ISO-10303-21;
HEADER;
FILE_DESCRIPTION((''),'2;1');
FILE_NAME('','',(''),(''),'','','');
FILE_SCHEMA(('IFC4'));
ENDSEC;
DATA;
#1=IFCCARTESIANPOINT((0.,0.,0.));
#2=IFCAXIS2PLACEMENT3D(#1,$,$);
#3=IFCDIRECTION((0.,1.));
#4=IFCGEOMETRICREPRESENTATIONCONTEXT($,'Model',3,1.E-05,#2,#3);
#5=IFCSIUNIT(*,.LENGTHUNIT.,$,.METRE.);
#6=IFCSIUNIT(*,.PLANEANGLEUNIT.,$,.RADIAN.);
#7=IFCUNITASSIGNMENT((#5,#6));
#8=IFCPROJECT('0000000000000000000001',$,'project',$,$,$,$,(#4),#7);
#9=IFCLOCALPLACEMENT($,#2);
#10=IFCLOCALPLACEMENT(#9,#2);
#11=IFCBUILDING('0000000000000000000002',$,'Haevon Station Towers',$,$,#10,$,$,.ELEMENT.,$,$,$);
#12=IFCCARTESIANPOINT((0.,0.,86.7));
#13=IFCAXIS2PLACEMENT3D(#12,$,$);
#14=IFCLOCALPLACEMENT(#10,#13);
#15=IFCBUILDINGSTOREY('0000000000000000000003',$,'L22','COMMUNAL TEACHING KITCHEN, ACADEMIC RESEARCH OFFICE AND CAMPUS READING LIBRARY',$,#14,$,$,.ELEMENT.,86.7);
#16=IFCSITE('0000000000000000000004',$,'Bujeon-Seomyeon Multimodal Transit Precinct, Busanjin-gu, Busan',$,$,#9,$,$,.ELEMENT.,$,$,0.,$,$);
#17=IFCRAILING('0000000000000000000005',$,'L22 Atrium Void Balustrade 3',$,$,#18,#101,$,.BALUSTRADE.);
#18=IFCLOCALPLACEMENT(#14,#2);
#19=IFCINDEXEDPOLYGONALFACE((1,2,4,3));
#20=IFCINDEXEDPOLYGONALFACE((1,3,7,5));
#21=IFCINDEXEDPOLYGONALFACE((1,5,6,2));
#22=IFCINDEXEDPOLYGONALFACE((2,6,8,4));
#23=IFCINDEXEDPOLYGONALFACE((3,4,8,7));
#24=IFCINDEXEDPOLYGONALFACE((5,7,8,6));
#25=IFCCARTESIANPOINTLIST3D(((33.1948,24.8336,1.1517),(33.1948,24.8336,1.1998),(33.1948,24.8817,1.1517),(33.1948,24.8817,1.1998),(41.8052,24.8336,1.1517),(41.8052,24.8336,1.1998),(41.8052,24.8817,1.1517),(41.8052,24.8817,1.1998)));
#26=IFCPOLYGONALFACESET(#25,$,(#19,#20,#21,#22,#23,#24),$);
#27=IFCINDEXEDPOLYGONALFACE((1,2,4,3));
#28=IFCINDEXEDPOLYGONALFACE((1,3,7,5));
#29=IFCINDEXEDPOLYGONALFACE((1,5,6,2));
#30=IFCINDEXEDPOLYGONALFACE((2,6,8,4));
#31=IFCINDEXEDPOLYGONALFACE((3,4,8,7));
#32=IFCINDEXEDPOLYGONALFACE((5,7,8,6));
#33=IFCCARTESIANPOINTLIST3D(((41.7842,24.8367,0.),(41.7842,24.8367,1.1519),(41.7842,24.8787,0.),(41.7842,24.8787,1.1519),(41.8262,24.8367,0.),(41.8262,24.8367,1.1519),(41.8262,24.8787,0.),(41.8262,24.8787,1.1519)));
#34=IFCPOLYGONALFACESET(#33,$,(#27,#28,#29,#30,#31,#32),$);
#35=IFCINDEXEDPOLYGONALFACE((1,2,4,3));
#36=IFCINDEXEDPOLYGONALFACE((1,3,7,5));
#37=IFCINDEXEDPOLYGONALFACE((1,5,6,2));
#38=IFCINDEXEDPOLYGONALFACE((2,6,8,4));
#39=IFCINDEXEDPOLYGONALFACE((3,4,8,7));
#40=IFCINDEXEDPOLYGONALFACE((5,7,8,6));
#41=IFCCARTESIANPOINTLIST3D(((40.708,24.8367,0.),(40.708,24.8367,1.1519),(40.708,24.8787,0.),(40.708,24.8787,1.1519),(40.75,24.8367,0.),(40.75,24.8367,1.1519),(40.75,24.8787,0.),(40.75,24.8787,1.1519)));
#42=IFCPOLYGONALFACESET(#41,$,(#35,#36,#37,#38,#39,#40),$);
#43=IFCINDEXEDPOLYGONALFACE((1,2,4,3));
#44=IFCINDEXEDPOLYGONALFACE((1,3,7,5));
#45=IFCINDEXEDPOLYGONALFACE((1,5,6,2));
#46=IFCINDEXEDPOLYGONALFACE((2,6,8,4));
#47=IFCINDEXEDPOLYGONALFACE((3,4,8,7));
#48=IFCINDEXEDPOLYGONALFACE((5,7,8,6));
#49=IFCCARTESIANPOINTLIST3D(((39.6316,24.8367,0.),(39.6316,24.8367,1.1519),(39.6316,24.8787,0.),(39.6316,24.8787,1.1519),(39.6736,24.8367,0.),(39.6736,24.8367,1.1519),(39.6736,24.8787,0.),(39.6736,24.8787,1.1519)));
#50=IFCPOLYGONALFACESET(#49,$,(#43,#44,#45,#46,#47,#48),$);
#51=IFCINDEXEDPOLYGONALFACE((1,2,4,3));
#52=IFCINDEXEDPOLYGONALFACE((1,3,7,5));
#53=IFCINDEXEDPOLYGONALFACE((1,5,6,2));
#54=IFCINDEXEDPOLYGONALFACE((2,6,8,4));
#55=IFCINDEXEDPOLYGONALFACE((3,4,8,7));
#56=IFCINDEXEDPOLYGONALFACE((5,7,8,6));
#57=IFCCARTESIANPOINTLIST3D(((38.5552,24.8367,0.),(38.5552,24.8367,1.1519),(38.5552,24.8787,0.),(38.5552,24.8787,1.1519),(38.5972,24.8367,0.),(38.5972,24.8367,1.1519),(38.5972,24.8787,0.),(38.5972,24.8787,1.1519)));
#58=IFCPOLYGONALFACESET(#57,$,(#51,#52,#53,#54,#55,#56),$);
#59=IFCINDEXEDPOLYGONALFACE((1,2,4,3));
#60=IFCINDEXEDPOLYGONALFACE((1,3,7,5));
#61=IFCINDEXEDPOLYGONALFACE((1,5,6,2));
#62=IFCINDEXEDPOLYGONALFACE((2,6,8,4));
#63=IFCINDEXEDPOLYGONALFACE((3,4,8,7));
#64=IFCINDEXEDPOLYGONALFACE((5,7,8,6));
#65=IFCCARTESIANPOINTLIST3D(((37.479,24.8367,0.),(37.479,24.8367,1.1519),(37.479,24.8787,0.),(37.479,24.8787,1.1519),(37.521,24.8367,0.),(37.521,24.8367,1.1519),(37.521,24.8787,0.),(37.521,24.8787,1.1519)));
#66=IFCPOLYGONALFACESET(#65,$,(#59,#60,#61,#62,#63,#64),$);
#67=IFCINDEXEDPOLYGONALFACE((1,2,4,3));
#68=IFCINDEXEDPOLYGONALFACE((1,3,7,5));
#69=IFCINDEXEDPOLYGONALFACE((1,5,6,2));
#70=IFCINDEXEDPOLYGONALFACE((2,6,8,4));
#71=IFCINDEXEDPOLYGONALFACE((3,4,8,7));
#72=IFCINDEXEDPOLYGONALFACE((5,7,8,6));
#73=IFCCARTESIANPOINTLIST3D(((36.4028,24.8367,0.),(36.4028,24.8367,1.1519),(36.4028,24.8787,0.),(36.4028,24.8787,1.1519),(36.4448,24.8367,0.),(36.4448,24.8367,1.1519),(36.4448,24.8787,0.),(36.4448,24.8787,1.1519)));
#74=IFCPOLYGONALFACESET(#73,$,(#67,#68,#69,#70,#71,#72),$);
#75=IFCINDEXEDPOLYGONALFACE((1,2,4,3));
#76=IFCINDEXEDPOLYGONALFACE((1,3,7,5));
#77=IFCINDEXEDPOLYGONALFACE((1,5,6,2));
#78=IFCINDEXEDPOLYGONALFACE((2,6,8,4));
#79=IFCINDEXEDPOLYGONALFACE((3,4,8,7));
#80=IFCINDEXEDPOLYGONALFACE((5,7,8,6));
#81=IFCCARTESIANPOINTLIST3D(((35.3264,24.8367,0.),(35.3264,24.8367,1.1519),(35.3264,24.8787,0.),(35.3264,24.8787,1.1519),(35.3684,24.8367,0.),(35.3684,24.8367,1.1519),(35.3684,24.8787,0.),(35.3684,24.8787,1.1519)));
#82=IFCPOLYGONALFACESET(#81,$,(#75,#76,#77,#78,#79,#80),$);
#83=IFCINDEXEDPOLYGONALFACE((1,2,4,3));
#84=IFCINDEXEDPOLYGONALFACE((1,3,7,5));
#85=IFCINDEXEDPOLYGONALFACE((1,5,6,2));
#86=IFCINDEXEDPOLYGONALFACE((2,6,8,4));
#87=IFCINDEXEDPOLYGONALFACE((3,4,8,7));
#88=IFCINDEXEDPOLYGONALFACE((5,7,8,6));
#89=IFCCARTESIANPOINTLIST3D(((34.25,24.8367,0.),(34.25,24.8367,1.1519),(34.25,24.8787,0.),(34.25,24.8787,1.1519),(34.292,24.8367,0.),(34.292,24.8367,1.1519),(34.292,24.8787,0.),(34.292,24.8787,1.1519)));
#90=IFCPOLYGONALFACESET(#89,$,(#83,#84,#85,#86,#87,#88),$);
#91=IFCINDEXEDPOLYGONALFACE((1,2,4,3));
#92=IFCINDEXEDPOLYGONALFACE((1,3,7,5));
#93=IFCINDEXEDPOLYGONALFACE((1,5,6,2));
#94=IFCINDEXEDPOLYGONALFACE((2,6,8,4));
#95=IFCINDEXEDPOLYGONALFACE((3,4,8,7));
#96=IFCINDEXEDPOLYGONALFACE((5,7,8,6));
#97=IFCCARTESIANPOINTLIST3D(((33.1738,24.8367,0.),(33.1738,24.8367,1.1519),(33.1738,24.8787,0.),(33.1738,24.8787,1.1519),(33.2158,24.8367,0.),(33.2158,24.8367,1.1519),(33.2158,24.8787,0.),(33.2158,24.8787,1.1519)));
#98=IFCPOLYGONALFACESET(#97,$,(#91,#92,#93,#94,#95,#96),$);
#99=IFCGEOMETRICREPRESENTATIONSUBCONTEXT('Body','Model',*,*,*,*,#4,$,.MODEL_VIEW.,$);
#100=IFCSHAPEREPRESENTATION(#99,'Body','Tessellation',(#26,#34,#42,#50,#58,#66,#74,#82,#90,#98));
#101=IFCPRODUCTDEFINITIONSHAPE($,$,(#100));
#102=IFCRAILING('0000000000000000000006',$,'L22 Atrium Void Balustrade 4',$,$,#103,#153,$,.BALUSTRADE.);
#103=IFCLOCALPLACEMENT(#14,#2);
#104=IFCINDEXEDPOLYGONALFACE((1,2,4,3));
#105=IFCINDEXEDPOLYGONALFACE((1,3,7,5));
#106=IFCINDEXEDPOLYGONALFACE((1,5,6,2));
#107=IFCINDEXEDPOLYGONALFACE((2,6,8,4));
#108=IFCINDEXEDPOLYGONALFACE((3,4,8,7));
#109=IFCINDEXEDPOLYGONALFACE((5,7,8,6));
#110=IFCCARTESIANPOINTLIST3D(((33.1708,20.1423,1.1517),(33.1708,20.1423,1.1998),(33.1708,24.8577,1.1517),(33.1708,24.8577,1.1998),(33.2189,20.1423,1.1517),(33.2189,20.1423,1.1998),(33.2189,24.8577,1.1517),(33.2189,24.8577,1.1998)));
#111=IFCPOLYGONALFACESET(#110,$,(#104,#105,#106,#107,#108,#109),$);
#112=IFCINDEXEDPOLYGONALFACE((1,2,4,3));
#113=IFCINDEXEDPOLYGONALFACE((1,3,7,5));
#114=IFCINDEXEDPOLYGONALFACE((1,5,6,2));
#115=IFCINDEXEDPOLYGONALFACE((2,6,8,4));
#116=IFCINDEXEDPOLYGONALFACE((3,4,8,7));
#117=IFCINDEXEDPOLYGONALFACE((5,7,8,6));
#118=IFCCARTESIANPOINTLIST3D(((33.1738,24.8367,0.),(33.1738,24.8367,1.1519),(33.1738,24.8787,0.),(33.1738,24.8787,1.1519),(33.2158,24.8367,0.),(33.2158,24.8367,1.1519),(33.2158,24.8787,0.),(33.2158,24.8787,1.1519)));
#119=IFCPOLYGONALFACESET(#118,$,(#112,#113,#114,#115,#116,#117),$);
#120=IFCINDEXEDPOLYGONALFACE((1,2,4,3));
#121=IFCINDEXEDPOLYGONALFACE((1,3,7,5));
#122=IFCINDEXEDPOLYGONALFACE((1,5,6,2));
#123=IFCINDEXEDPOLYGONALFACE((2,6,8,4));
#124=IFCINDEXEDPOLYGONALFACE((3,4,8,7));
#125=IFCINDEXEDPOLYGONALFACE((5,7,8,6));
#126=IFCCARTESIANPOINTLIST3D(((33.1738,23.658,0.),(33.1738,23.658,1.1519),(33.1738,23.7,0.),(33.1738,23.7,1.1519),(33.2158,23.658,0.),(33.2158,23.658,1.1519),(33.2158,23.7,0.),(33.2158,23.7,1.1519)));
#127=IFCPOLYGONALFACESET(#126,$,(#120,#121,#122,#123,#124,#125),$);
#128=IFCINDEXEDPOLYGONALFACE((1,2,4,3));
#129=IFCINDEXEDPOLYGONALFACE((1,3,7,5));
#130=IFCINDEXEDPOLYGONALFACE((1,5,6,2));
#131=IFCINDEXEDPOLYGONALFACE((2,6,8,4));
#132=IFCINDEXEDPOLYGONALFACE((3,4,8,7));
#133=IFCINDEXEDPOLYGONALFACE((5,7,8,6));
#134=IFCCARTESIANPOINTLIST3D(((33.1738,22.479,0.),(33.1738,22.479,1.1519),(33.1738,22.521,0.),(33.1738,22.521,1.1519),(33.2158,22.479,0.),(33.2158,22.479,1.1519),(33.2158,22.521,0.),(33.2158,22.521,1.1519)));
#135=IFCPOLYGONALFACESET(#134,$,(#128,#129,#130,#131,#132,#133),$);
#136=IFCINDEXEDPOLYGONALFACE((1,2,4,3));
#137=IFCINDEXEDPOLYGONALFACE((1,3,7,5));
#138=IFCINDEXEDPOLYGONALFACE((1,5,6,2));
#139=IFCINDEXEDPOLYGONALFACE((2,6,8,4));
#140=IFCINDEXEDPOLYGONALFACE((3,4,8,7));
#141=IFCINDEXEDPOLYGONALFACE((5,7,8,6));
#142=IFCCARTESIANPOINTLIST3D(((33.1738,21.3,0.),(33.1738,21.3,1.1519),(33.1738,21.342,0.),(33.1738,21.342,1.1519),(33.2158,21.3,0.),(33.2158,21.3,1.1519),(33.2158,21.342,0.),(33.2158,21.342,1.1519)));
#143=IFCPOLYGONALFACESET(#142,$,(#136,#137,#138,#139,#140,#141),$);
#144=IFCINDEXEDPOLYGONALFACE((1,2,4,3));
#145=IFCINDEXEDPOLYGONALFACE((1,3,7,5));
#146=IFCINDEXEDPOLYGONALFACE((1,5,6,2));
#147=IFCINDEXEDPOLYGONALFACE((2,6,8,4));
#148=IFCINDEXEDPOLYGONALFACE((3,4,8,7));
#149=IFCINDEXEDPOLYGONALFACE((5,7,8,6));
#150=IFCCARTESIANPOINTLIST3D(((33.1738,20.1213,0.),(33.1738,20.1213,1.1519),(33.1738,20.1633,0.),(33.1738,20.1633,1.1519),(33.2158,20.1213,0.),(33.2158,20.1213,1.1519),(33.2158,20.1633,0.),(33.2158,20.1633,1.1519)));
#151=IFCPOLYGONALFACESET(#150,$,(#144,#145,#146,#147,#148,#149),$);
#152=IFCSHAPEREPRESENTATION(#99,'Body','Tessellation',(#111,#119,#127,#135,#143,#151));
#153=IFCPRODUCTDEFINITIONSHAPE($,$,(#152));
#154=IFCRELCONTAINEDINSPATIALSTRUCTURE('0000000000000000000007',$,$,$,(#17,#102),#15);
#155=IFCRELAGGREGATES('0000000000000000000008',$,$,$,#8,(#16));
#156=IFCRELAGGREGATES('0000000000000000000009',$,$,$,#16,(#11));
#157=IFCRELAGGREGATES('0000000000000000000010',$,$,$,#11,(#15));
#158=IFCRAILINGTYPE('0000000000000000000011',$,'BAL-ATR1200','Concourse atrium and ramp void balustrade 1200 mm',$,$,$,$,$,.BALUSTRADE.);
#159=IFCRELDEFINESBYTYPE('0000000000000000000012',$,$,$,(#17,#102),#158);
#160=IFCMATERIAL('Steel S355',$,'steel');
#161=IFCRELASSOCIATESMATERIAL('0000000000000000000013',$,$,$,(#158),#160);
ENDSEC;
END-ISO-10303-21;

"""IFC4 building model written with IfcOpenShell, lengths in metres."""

from ifc_helpers import new_model, si_unit, direction, frame, origin, origin_2d, place, context, subcontext, project, spatial, rectangle, extrude, material, type_object, element, save


model = new_model("IFC4")

# Units and contexts
model_context = context("Model", 3, precision=1e-05, world=origin(), true_north=direction((0.0, 1.0)))
body_context = subcontext(model_context, "Body", "Model", "MODEL_VIEW")
ifc_project = project(units=[si_unit("LENGTHUNIT", "METRE"), si_unit("PLANEANGLEUNIT", "RADIAN")], contexts=[model_context])

# Site, building, storey
site_placement = place(None, origin())
site = spatial("IfcSite", under=ifc_project, at=site_placement, Name="Bujeon-Seomyeon Multimodal Transit Precinct, Busanjin-gu, Busan", CompositionType="ELEMENT", RefElevation=0.0)
building_placement = place(site_placement, origin())
building = spatial("IfcBuilding", under=site, at=building_placement, Name="Haevon Station Towers", CompositionType="ELEMENT")
storey_placement = place(building_placement, frame((0.0, 0.0, 86.7)))
storey = spatial("IfcBuildingStorey", under=building, at=storey_placement, Name="L22", Description="COMMUNAL TEACHING KITCHEN, ACADEMIC RESEARCH OFFICE AND CAMPUS READING LIBRARY", CompositionType="ELEMENT", Elevation=86.7)

# Shared definitions
ifc_material_1 = material(Name="Steel S355", Category="steel")

# Railings
railing_type = type_object("IfcRailingType", Name="BAL-ATR1200", Description="Concourse atrium and ramp void balustrade 1200 mm", PredefinedType="BALUSTRADE", material=ifc_material_1)
railing_1_placement = place(storey_placement, frame((41.8052, 24.8577, 0.0)))
element("IfcRailing", 1, at=railing_1_placement, inside=storey, type_object=railing_type, Name="L22 Atrium Void Balustrade 3", PredefinedType="BALUSTRADE", context=body_context, shape_type="SweptSolid", body=[
    extrude(rectangle(XDim=0.0481, YDim=0.0481, at=origin_2d()), frame((0.0, 0.0, 1.1758), z_axis=(-1.0, 0.0, 0.0), x_axis=(0.0, -1.0, 0.0)), (0.0, 0.0, 1.0), 8.6104),
    extrude(rectangle(XDim=0.042, YDim=0.042, at=origin_2d()), origin(), (0.0, 0.0, 1.0), 1.1519),
    extrude(rectangle(XDim=0.042, YDim=0.042, at=origin_2d()), frame((-1.0762, 0.0, 0.0)), (0.0, 0.0, 1.0), 1.1519),
    extrude(rectangle(XDim=0.042, YDim=0.042, at=origin_2d()), frame((-2.1526, 0.0, 0.0)), (0.0, 0.0, 1.0), 1.1519),
    extrude(rectangle(XDim=0.042, YDim=0.042, at=origin_2d()), frame((-3.229, 0.0, 0.0)), (0.0, 0.0, 1.0), 1.1519),
    extrude(rectangle(XDim=0.042, YDim=0.042, at=origin_2d()), frame((-4.3052, 0.0, 0.0)), (0.0, 0.0, 1.0), 1.1519),
    extrude(rectangle(XDim=0.042, YDim=0.042, at=origin_2d()), frame((-5.3813, 0.0, 0.0)), (0.0, 0.0, 1.0), 1.1519),
    extrude(rectangle(XDim=0.042, YDim=0.042, at=origin_2d()), frame((-6.4578, 0.0, 0.0)), (0.0, 0.0, 1.0), 1.1519),
    extrude(rectangle(XDim=0.042, YDim=0.042, at=origin_2d()), frame((-7.5342, 0.0, 0.0)), (0.0, 0.0, 1.0), 1.1519),
    extrude(rectangle(XDim=0.042, YDim=0.042, at=origin_2d()), frame((-8.6104, 0.0, 0.0)), (0.0, 0.0, 1.0), 1.1519),
])
railing_2_placement = place(storey_placement, frame((33.1948, 24.8577, 0.0)))
element("IfcRailing", 2, at=railing_2_placement, inside=storey, type_object=railing_type, Name="L22 Atrium Void Balustrade 4", PredefinedType="BALUSTRADE", context=body_context, shape_type="SweptSolid", body=[
    extrude(rectangle(XDim=0.0481, YDim=0.0481, at=origin_2d()), frame((0.0, 0.0, 1.1758), z_axis=(0.0, -1.0, 0.0), x_axis=(1.0, 0.0, 0.0)), (0.0, 0.0, 1.0), 4.7153),
    extrude(rectangle(XDim=0.042, YDim=0.042, at=origin_2d()), origin(), (0.0, 0.0, 1.0), 1.1519),
    extrude(rectangle(XDim=0.042, YDim=0.042, at=origin_2d()), frame((0.0, -1.1787, 0.0)), (0.0, 0.0, 1.0), 1.1519),
    extrude(rectangle(XDim=0.042, YDim=0.042, at=origin_2d()), frame((0.0, -2.3577, 0.0)), (0.0, 0.0, 1.0), 1.1519),
    extrude(rectangle(XDim=0.042, YDim=0.042, at=origin_2d()), frame((0.0, -3.5366, 0.0)), (0.0, 0.0, 1.0), 1.1519),
    extrude(rectangle(XDim=0.042, YDim=0.042, at=origin_2d()), frame((0.0, -4.7153, 0.0)), (0.0, 0.0, 1.0), 1.1519),
])

save(model, "model.ifc")
